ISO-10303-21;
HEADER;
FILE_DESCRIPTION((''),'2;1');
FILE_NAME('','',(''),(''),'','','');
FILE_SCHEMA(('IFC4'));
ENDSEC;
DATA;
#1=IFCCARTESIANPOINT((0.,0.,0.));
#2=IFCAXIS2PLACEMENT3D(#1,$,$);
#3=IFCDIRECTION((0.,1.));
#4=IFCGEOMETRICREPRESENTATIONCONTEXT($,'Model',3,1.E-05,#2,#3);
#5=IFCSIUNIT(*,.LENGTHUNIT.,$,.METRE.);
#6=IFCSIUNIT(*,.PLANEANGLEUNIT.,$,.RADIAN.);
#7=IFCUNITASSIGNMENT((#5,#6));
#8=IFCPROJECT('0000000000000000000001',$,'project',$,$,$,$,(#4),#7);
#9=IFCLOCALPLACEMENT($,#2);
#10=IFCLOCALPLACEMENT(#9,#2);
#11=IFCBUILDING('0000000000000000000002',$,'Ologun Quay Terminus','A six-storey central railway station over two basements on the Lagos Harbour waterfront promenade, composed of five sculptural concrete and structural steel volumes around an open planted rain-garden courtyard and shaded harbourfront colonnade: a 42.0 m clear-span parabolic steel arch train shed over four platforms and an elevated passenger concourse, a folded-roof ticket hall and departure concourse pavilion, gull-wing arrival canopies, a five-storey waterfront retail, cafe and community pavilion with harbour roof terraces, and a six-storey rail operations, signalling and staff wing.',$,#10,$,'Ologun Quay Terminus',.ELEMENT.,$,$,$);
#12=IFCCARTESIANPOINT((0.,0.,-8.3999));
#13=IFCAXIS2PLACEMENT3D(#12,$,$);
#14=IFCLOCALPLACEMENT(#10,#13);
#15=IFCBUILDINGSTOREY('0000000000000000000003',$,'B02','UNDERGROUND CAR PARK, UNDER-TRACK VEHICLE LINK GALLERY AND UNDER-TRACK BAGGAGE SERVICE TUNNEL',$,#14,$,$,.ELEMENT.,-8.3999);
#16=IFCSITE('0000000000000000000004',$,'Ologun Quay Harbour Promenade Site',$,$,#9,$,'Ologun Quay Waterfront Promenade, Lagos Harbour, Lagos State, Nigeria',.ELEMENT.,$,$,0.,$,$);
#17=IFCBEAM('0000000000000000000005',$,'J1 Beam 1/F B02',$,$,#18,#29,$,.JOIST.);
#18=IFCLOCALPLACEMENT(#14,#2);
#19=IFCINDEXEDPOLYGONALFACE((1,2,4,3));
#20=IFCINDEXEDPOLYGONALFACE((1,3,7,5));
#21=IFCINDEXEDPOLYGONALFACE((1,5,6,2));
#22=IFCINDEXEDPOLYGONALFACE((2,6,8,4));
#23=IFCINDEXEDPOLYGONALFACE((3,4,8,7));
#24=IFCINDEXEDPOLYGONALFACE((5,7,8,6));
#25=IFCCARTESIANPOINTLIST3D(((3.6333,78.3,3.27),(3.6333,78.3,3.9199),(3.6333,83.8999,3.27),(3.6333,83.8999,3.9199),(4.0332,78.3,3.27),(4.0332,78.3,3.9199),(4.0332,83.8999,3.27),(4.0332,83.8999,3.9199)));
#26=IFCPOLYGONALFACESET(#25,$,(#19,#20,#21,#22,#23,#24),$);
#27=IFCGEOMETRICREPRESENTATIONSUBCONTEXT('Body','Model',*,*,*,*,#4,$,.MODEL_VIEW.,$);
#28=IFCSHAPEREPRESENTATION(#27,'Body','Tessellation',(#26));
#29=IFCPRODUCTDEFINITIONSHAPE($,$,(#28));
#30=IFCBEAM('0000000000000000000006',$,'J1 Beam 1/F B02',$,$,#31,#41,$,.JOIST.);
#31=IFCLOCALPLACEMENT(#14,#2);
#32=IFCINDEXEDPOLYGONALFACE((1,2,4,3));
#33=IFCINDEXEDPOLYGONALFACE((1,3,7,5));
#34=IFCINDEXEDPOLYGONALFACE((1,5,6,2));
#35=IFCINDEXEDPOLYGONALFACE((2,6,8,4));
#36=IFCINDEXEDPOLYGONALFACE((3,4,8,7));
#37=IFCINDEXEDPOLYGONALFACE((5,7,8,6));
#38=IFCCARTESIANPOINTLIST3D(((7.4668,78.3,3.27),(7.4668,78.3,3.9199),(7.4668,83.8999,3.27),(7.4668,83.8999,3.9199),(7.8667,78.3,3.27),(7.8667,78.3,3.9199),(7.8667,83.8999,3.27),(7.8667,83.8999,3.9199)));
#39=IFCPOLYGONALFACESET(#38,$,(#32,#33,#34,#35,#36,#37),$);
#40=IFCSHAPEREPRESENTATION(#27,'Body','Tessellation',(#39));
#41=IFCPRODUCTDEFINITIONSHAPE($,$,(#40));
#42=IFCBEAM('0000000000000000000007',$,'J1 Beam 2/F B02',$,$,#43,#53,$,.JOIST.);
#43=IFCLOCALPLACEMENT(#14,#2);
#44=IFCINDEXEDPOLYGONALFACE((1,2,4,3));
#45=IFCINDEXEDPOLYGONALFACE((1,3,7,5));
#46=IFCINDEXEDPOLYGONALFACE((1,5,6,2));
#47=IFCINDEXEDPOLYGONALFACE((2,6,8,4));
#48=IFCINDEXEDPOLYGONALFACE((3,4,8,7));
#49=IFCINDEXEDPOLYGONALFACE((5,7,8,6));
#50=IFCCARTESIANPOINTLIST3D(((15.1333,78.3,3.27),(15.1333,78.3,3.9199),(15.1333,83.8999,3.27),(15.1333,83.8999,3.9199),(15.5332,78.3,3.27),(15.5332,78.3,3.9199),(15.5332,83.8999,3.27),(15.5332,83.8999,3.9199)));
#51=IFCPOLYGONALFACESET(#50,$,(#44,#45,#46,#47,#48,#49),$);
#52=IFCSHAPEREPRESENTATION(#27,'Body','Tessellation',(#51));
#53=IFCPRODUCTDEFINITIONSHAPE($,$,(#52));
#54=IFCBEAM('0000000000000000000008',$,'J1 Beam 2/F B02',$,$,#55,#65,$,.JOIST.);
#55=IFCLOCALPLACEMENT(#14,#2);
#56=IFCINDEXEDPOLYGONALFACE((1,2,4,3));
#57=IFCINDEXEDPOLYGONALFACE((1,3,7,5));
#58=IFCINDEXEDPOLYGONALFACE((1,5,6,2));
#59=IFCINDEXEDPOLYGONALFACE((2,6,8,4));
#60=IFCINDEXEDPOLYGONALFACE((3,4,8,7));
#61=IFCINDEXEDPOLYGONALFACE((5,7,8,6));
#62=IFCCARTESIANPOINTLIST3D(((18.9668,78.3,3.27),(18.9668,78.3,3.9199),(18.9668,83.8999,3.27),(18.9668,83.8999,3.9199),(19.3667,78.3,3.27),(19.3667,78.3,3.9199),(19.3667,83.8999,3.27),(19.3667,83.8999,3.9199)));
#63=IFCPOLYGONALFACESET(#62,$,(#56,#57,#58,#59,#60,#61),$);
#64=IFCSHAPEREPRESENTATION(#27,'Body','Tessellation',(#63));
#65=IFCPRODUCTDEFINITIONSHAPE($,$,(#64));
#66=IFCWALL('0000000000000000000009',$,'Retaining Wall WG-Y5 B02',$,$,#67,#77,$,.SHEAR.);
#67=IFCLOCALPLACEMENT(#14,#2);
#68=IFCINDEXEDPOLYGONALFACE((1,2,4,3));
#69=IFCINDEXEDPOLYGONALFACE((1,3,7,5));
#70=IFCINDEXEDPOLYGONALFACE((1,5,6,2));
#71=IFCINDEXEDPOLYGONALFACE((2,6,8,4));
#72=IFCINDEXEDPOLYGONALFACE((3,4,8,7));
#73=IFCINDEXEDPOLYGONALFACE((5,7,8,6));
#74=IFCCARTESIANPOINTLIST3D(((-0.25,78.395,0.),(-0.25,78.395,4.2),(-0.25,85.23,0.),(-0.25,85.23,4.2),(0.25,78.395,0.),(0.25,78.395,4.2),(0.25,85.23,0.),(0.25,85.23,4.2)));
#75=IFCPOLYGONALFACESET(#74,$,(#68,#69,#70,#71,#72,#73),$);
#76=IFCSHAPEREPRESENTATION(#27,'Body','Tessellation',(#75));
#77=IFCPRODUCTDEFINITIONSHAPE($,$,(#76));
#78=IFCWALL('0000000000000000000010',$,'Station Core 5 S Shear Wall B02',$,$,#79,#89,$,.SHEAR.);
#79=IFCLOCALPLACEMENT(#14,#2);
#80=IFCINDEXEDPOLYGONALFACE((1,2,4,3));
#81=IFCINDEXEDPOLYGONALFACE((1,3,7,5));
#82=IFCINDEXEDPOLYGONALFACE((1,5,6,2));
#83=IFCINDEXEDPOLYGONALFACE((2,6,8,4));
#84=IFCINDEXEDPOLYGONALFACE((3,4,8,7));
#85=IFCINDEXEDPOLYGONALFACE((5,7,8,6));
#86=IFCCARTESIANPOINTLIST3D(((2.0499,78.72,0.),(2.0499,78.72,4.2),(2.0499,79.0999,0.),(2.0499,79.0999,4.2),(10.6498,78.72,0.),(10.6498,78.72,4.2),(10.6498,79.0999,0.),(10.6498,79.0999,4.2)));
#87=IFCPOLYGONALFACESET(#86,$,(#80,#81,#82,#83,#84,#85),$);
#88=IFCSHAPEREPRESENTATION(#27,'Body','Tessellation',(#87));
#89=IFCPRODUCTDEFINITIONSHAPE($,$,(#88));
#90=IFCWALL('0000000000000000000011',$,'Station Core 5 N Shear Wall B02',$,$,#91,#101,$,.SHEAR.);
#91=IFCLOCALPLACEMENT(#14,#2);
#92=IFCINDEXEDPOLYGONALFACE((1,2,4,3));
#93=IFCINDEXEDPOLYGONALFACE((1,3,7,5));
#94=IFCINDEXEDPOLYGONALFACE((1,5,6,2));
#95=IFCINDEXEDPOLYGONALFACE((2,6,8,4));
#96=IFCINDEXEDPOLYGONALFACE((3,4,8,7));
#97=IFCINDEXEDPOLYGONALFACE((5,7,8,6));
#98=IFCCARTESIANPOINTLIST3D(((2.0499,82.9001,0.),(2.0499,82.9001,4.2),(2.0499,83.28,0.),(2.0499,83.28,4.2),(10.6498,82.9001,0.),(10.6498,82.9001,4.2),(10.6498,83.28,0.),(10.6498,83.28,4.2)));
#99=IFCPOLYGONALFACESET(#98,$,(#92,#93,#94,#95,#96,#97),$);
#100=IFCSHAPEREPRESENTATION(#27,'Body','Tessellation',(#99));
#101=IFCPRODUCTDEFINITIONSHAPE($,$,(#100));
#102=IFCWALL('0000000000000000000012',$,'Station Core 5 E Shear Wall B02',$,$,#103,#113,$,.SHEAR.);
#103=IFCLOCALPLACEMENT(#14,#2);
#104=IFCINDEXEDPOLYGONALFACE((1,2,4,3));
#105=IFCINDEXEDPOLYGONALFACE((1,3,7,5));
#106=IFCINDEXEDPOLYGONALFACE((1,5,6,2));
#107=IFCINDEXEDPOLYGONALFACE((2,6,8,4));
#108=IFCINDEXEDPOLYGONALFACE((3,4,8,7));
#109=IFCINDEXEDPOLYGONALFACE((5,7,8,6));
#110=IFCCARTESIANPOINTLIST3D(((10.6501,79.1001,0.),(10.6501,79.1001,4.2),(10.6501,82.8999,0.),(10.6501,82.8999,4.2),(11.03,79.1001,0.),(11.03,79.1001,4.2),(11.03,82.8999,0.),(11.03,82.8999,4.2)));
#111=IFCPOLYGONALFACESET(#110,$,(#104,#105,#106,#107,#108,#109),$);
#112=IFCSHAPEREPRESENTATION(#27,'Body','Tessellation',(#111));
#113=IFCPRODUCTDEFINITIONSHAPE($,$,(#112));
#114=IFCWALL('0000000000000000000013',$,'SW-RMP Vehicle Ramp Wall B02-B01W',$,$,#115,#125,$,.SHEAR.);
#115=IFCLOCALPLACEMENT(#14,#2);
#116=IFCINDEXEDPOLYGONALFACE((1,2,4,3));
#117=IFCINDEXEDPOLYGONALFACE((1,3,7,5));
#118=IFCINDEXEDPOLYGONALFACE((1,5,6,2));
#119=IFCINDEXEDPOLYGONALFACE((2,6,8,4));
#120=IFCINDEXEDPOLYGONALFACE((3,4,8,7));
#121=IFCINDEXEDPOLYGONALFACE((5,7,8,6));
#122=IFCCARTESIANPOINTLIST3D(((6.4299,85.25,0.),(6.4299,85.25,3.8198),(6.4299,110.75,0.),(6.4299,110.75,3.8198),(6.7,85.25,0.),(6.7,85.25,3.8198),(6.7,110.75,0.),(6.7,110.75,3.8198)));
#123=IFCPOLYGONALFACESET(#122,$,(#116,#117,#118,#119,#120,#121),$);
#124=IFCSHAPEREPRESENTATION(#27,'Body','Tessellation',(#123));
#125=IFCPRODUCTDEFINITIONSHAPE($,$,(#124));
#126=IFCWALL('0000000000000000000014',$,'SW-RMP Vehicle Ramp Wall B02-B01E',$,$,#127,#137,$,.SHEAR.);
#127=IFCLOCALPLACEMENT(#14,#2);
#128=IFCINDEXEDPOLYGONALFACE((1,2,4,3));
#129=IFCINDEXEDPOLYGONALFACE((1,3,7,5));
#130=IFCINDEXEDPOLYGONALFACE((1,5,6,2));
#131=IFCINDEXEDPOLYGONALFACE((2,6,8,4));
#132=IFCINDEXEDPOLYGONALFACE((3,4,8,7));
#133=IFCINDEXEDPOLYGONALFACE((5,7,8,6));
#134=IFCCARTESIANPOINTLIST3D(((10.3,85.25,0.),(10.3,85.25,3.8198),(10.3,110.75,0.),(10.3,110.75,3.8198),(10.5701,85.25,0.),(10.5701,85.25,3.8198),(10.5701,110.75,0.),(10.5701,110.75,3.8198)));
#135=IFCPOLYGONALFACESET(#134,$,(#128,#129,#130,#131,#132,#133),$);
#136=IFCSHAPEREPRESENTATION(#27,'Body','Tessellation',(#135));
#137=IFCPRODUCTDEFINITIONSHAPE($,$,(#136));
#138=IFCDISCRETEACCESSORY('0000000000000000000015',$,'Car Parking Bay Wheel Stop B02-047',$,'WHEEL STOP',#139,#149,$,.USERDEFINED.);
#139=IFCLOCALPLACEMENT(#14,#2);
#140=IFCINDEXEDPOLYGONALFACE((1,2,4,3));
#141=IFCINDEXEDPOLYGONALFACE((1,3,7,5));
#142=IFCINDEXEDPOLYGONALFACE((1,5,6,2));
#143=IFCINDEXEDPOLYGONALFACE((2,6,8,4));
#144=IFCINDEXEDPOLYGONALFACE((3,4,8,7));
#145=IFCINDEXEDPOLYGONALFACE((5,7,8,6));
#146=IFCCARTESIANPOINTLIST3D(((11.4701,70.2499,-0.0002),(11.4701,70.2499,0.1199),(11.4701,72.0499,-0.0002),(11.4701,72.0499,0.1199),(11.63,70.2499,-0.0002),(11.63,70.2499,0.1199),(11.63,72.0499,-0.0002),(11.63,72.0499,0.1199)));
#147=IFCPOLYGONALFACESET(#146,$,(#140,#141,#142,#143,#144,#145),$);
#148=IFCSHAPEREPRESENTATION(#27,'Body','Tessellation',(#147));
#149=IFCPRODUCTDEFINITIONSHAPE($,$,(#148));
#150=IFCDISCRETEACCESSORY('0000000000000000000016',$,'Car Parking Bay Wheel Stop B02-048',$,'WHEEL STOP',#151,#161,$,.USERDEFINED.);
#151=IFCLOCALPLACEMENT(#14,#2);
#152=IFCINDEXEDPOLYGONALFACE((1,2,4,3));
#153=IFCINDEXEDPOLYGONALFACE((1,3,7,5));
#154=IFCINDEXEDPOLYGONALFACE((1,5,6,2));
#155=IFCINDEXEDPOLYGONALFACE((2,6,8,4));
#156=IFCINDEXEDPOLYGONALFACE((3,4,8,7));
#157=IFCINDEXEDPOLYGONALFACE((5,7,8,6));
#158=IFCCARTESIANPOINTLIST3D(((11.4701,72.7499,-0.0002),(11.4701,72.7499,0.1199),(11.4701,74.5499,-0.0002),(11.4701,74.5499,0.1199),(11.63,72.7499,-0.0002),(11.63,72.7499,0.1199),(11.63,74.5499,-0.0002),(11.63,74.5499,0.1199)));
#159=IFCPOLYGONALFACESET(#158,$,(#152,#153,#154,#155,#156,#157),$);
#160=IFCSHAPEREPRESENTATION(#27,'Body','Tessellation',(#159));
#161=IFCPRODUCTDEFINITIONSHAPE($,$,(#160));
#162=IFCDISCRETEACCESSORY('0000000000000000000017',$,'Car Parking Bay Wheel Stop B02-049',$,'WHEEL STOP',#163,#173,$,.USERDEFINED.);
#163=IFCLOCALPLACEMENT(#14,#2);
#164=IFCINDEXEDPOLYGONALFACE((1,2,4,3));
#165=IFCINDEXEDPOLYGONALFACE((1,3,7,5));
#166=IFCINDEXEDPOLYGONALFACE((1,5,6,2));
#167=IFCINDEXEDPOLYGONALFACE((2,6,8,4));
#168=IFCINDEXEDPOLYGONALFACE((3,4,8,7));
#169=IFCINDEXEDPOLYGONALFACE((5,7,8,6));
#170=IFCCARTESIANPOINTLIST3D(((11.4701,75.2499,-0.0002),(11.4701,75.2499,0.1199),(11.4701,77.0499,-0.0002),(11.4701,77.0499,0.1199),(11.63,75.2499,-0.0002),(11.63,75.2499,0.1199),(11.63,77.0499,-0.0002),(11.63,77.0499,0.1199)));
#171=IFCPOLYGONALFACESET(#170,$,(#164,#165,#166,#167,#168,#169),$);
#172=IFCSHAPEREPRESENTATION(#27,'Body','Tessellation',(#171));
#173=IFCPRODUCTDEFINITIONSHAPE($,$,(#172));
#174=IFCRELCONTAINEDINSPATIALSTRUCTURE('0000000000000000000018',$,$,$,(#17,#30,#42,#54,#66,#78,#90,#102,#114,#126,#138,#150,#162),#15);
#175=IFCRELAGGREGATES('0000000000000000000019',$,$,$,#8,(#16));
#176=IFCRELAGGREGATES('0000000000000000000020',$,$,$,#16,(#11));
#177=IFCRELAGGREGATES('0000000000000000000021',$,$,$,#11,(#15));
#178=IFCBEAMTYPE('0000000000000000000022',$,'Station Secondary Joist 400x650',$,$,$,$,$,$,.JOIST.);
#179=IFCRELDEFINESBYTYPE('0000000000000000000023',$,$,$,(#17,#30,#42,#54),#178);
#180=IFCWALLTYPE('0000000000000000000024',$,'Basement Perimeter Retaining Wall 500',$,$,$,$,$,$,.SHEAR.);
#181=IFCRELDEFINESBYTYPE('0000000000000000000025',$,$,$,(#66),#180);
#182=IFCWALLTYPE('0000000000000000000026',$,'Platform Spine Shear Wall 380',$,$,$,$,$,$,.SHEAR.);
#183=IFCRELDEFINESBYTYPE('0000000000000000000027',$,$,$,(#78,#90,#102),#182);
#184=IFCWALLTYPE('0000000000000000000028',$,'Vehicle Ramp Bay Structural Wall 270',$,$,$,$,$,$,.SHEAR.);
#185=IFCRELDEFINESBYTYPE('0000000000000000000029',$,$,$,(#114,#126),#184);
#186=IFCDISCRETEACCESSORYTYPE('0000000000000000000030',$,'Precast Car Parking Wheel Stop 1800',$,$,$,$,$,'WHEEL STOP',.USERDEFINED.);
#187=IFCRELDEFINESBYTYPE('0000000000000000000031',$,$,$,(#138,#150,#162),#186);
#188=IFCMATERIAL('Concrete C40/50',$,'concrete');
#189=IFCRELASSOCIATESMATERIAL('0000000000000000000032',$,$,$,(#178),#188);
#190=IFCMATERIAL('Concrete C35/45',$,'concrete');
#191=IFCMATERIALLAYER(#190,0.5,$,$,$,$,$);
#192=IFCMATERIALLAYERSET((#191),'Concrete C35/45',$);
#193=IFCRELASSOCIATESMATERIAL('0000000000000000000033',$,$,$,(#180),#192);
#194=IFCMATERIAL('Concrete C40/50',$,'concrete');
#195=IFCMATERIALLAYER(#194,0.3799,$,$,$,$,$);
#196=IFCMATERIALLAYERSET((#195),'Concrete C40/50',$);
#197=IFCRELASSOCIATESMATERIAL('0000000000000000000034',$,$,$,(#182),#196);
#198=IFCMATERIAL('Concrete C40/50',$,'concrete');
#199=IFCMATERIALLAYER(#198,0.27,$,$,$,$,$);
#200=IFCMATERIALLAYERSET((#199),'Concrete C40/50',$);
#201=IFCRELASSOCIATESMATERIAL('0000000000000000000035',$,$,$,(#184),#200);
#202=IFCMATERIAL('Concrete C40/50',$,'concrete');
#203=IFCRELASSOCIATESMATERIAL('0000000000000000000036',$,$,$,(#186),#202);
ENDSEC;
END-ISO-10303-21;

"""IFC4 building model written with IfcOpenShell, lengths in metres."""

from ifc_helpers import new_model, si_unit, direction, frame, frame_2d, origin, origin_2d, place, context, subcontext, project, spatial, rectangle, extrude, material, layer, layer_set, material_profile, profile_set, type_object, element, save


model = new_model("IFC4")

# Units and contexts
model_context = context("Model", 3, precision=1e-05, world=origin(), true_north=direction((0.0, 1.0)))
body_context = subcontext(model_context, "Body", "Model", "MODEL_VIEW")
ifc_project = project(units=[si_unit("LENGTHUNIT", "METRE"), si_unit("PLANEANGLEUNIT", "RADIAN")], contexts=[model_context])

# Site, building, storey
site_placement = place(None, origin())
site = spatial("IfcSite", under=ifc_project, at=site_placement, Name="Ologun Quay Harbour Promenade Site", LongName="Ologun Quay Waterfront Promenade, Lagos Harbour, Lagos State, Nigeria", CompositionType="ELEMENT", RefElevation=0.0)
building_placement = place(site_placement, origin())
building = spatial("IfcBuilding", under=site, at=building_placement, Name="Ologun Quay Terminus", Description="A six-storey central railway station over two basements on the Lagos Harbour waterfront promenade, composed of five sculptural concrete and structural steel volumes around an open planted rain-garden courtyard and shaded harbourfront colonnade: a 42.0 m clear-span parabolic steel arch train shed over four platforms and an elevated passenger concourse, a folded-roof ticket hall and departure concourse pavilion, gull-wing arrival canopies, a five-storey waterfront retail, cafe and community pavilion with harbour roof terraces, and a six-storey rail operations, signalling and staff wing.", LongName="Ologun Quay Terminus", CompositionType="ELEMENT")
storey_placement = place(building_placement, frame((0.0, 0.0, -8.3999)))
storey = spatial("IfcBuildingStorey", under=building, at=storey_placement, Name="B02", Description="UNDERGROUND CAR PARK, UNDER-TRACK VEHICLE LINK GALLERY AND UNDER-TRACK BAGGAGE SERVICE TUNNEL", CompositionType="ELEMENT", Elevation=-8.3999)

# Beams
ifc_material_1 = material(Name="Concrete C40/50", Category="concrete")
ifc_material_profile_1 = material_profile(ifc_material_1, rectangle(XDim=0.3999, YDim=0.6499, at=origin_2d()), Name="RC 400x650")
ifc_profile_set_1 = profile_set([ifc_material_profile_1], Name="Concrete C40/50")
beam_type_1 = type_object("IfcBeamType", Name="Station Secondary Joist 400x650", PredefinedType="JOIST", material=ifc_profile_set_1)
for number, where, z_axis, x_axis, name in (
    (1, (3.8333, 78.3, 3.595), (0.0, 1.0, 0.0), (-1.0, 0.0, 0.0), "J1 Beam 1/F B02"),
    (2, (7.6667, 78.3, 3.595), (0.0, 1.0, 0.0), (-1.0, 0.0, 0.0), "J1 Beam 1/F B02"),
    (3, (15.3333, 78.3, 3.595), (0.0, 1.0, 0.0), (-1.0, 0.0, 0.0), "J1 Beam 2/F B02"),
    (4, (19.1667, 78.3, 3.595), (0.0, 1.0, 0.0), (-1.0, 0.0, 0.0), "J1 Beam 2/F B02"),
):
    element("IfcBeam", number, at=place(storey_placement, frame(where, z_axis=z_axis, x_axis=x_axis)), inside=storey, type_object=beam_type_1, Name=name, PredefinedType="JOIST", context=body_context, shape_type="SweptSolid", body=[
        extrude(rectangle(XDim=0.3999, YDim=0.6499, at=origin_2d()), origin(), (0.0, 0.0, 1.0), 5.5999),
    ])

# Walls
ifc_material_2 = material(Name="Concrete C35/45", Category="concrete")
ifc_layer_1 = layer(ifc_material_2, 0.5)
ifc_layer_set_1 = layer_set([ifc_layer_1], Name="Concrete C35/45")
wall_type_1 = type_object("IfcWallType", Name="Basement Perimeter Retaining Wall 500", PredefinedType="SHEAR", material=ifc_layer_set_1)
wall_1_placement = place(storey_placement, frame((0.0, 78.395, 0.0), z_axis=(0.0, 0.0, 1.0), x_axis=(0.0, 1.0, 0.0)))
element("IfcWall", 5, at=wall_1_placement, inside=storey, type_object=wall_type_1, Name="Retaining Wall WG-Y5 B02", PredefinedType="SHEAR", context=body_context, shape_type="SweptSolid", body=[
    extrude(rectangle(XDim=6.835, YDim=0.5, at=frame_2d((3.4175, 0.0))), origin(), (0.0, 0.0, 1.0), 4.2),
])
ifc_material_3 = material(Name="Concrete C40/50", Category="concrete")
ifc_layer_2 = layer(ifc_material_3, 0.3799)
ifc_layer_set_2 = layer_set([ifc_layer_2], Name="Concrete C40/50")
wall_type_2 = type_object("IfcWallType", Name="Platform Spine Shear Wall 380", PredefinedType="SHEAR", material=ifc_layer_set_2)
for number, where, z_axis, x_axis, name in (
    (6, (2.05, 78.9099, 0.0), (0.0, 0.0, 1.0), (1.0, 0.0, 0.0), "Station Core 5 S Shear Wall B02"),
    (7, (2.05, 83.0901, 0.0), (0.0, 0.0, 1.0), (1.0, 0.0, 0.0), "Station Core 5 N Shear Wall B02"),
):
    element("IfcWall", number, at=place(storey_placement, frame(where, z_axis=z_axis, x_axis=x_axis)), inside=storey, type_object=wall_type_2, Name=name, PredefinedType="SHEAR", context=body_context, shape_type="SweptSolid", body=[
        extrude(rectangle(XDim=8.5999, YDim=0.3799, at=frame_2d((4.2998, 0.0))), origin(), (0.0, 0.0, 1.0), 4.2),
    ])
wall_2_placement = place(storey_placement, frame((10.8401, 79.1001, 0.0), z_axis=(0.0, 0.0, 1.0), x_axis=(0.0, 1.0, 0.0)))
element("IfcWall", 8, at=wall_2_placement, inside=storey, type_object=wall_type_2, Name="Station Core 5 E Shear Wall B02", PredefinedType="SHEAR", context=body_context, shape_type="SweptSolid", body=[
    extrude(rectangle(XDim=3.7998, YDim=0.3799, at=frame_2d((1.8999, 0.0))), origin(), (0.0, 0.0, 1.0), 4.2),
])
ifc_material_4 = material(Name="Concrete C40/50", Category="concrete")
ifc_layer_3 = layer(ifc_material_4, 0.27)
ifc_layer_set_3 = layer_set([ifc_layer_3], Name="Concrete C40/50")
wall_type_3 = type_object("IfcWallType", Name="Vehicle Ramp Bay Structural Wall 270", PredefinedType="SHEAR", material=ifc_layer_set_3)
for number, where, z_axis, x_axis, name in (
    (9, (6.5649, 85.25, 0.0), (0.0, 0.0, 1.0), (0.0, 1.0, 0.0), "SW-RMP Vehicle Ramp Wall B02-B01W"),
    (10, (10.4351, 85.25, 0.0), (0.0, 0.0, 1.0), (0.0, 1.0, 0.0), "SW-RMP Vehicle Ramp Wall B02-B01E"),
):
    element("IfcWall", number, at=place(storey_placement, frame(where, z_axis=z_axis, x_axis=x_axis)), inside=storey, type_object=wall_type_3, Name=name, PredefinedType="SHEAR", context=body_context, shape_type="SweptSolid", body=[
        extrude(rectangle(XDim=25.5, YDim=0.27, at=frame_2d((12.75, 0.0))), origin(), (0.0, 0.0, 1.0), 3.8198),
    ])

# Discrete accessories
ifc_material_5 = material(Name="Concrete C40/50", Category="concrete")
discrete_accessory_type = type_object("IfcDiscreteAccessoryType", Name="Precast Car Parking Wheel Stop 1800", ElementType="WHEEL STOP", PredefinedType="USERDEFINED", material=ifc_material_5)
for number, where, z_axis, x_axis, name in (
    (11, (11.55, 71.1499, -0.0002), (0.0, 0.0, 1.0), (0.0, 1.0, 0.0), "Car Parking Bay Wheel Stop B02-047"),
    (12, (11.55, 73.6499, -0.0002), (0.0, 0.0, 1.0), (0.0, 1.0, 0.0), "Car Parking Bay Wheel Stop B02-048"),
    (13, (11.55, 76.1499, -0.0002), (0.0, 0.0, 1.0), (0.0, 1.0, 0.0), "Car Parking Bay Wheel Stop B02-049"),
):
    element("IfcDiscreteAccessory", number, at=place(storey_placement, frame(where, z_axis=z_axis, x_axis=x_axis)), inside=storey, type_object=discrete_accessory_type, Name=name, ObjectType="WHEEL STOP", PredefinedType="USERDEFINED", context=body_context, shape_type="SweptSolid", body=[
        extrude(rectangle(XDim=1.8, YDim=0.1599, at=origin_2d()), origin(), (0.0, 0.0, 1.0), 0.1201),
    ])

save(model, "model.ifc")
